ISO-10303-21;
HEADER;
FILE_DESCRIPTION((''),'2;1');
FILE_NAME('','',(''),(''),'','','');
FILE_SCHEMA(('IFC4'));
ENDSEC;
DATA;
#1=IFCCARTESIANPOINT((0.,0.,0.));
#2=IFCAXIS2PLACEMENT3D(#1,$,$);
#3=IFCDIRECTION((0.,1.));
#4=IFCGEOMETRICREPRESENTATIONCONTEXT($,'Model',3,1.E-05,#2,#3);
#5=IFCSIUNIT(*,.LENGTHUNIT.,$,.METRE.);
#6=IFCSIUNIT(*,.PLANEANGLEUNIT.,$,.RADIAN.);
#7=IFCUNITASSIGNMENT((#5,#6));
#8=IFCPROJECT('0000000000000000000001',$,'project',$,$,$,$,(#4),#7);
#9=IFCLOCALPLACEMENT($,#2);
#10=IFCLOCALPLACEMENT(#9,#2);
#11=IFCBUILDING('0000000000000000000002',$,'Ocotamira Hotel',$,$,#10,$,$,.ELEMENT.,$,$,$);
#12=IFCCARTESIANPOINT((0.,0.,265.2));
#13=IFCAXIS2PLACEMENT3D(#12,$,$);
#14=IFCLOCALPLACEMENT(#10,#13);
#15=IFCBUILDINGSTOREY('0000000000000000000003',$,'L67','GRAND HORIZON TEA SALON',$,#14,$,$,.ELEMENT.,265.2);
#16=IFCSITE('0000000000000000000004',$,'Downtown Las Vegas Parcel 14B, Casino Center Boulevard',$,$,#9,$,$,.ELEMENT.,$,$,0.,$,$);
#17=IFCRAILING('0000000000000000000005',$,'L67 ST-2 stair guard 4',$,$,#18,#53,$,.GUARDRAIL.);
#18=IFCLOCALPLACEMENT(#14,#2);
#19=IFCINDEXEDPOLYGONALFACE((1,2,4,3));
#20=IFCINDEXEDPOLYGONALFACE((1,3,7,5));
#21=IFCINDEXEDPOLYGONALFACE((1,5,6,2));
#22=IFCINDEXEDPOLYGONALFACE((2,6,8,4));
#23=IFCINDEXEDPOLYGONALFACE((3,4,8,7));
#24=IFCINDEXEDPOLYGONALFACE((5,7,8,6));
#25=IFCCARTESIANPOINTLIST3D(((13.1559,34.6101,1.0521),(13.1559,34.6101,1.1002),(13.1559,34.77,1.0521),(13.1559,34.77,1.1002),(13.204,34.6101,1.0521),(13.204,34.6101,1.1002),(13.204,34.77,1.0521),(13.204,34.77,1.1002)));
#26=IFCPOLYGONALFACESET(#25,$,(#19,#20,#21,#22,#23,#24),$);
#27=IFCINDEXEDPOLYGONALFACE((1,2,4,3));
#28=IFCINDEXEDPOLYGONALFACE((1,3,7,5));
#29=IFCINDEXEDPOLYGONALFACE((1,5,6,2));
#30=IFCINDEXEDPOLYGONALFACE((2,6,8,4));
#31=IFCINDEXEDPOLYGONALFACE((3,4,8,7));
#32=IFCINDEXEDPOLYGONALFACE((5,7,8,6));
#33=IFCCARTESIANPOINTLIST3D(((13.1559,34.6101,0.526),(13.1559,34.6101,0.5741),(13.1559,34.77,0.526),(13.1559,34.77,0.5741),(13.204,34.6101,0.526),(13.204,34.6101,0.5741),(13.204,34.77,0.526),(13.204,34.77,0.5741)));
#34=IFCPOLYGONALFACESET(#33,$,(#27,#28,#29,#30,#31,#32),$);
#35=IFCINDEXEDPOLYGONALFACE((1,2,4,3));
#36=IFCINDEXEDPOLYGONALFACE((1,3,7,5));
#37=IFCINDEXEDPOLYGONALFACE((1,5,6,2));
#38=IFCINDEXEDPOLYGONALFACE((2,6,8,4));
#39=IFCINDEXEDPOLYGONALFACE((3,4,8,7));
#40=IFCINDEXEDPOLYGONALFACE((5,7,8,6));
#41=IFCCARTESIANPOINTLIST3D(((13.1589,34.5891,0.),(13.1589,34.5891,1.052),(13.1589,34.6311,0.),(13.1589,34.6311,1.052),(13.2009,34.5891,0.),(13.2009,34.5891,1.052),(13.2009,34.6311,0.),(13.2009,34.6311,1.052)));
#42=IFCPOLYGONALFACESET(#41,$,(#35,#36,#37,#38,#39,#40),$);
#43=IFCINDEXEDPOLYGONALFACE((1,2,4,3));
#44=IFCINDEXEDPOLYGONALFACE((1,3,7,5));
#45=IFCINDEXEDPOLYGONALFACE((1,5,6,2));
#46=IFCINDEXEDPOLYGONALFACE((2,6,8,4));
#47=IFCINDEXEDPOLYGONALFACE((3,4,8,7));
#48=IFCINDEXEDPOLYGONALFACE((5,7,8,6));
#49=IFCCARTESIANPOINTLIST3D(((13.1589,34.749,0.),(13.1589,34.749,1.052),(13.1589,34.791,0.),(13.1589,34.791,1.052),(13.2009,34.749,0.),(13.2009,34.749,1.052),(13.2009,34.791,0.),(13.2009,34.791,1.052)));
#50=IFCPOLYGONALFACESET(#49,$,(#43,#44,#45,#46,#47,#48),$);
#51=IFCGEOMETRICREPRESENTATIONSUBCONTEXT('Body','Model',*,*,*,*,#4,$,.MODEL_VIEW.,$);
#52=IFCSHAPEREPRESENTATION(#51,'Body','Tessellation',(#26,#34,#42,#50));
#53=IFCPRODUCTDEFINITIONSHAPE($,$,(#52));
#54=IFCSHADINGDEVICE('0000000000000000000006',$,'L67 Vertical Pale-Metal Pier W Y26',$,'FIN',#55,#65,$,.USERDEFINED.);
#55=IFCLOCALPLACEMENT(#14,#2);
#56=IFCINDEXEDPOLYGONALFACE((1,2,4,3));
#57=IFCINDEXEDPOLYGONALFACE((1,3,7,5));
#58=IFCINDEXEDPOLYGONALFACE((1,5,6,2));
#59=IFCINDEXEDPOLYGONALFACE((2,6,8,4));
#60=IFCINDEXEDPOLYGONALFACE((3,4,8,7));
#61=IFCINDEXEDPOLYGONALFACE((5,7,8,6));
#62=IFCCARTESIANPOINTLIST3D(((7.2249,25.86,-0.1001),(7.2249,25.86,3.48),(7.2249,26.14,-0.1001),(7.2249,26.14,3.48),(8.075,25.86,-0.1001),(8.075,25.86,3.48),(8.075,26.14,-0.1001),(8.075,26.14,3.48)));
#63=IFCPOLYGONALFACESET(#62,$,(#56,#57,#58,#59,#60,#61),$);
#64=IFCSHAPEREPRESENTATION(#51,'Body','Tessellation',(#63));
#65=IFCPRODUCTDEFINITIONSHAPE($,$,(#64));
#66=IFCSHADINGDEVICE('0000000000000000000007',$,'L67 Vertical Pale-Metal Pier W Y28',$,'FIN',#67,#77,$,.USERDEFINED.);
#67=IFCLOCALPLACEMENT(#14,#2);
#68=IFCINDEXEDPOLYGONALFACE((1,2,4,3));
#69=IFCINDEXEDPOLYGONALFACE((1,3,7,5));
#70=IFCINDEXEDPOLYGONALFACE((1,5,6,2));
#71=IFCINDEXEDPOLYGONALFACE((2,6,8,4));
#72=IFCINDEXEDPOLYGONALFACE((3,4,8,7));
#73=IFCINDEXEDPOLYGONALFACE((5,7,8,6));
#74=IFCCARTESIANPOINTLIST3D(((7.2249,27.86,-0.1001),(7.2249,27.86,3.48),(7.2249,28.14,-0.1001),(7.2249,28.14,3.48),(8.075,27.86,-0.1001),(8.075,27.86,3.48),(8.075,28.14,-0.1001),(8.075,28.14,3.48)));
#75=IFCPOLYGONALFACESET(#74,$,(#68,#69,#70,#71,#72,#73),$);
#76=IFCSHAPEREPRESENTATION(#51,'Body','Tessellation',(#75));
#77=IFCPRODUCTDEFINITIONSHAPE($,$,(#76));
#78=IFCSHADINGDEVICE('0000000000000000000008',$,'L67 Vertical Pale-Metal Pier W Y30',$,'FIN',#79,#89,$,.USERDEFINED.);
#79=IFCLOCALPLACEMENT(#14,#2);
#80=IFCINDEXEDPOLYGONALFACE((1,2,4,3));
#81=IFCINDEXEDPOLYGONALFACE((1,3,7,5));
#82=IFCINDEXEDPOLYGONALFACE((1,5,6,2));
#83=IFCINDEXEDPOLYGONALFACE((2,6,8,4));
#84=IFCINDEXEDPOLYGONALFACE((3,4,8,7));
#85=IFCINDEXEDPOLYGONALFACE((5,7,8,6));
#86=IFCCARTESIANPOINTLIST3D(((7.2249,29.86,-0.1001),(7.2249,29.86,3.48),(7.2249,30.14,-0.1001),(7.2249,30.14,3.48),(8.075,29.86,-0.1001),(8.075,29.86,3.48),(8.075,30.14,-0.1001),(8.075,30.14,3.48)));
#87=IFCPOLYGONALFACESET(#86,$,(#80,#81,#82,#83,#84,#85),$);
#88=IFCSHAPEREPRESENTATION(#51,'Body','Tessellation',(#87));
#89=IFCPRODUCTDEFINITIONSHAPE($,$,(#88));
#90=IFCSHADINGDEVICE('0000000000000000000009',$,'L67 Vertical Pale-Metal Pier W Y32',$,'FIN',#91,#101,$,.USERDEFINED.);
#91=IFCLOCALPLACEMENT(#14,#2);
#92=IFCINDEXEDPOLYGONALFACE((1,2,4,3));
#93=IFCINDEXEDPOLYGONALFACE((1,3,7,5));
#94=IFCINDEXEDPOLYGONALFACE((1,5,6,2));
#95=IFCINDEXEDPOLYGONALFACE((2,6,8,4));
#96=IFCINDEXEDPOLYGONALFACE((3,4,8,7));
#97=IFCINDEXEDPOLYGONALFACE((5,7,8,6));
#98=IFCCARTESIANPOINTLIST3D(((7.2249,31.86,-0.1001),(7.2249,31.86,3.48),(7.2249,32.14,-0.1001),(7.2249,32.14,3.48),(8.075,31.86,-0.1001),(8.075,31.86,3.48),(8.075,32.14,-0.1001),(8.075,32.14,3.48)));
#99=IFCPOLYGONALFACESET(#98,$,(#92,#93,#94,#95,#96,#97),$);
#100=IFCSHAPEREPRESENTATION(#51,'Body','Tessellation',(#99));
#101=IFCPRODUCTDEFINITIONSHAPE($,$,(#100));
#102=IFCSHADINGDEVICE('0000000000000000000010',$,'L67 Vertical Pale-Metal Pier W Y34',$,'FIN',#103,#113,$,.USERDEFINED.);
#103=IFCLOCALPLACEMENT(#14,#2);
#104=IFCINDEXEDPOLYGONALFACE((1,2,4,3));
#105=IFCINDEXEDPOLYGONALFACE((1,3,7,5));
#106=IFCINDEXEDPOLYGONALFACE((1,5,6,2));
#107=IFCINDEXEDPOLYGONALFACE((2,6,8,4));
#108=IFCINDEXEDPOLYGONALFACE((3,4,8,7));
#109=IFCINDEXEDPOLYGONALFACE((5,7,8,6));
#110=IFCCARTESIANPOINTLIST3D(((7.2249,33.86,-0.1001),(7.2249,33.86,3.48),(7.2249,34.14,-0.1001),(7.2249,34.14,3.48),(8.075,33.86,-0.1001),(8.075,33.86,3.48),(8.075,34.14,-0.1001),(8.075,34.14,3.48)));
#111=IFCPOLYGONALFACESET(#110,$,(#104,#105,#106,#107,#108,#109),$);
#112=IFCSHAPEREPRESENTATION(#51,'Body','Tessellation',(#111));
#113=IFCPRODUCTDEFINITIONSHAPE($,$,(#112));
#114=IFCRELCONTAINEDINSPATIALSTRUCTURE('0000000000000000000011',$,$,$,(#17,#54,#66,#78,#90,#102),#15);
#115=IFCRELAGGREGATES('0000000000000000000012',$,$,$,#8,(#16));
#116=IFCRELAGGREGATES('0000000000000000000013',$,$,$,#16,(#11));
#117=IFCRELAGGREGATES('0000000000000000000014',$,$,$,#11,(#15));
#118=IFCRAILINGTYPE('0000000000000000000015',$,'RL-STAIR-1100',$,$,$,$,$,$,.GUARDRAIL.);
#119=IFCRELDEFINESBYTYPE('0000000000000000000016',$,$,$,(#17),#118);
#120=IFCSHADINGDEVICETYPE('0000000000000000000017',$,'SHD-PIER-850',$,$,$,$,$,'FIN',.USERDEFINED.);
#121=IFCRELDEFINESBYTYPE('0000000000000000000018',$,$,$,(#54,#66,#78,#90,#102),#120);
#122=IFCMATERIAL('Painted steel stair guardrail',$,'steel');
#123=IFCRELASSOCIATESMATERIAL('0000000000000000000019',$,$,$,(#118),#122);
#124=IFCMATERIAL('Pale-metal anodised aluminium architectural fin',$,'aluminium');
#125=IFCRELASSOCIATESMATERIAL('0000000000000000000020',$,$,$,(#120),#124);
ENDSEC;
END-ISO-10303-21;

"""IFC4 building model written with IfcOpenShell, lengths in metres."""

from ifc_helpers import new_model, si_unit, direction, frame, origin, origin_2d, place, context, subcontext, project, spatial, rectangle, extrude, source, transform, mapped, material, type_object, element, save


model = new_model("IFC4")

# Units and contexts
model_context = context("Model", 3, precision=1e-05, world=origin(), true_north=direction((0.0, 1.0)))
body_context = subcontext(model_context, "Body", "Model", "MODEL_VIEW")
ifc_project = project(units=[si_unit("LENGTHUNIT", "METRE"), si_unit("PLANEANGLEUNIT", "RADIAN")], contexts=[model_context])

# Site, building, storey
site_placement = place(None, origin())
site = spatial("IfcSite", under=ifc_project, at=site_placement, Name="Downtown Las Vegas Parcel 14B, Casino Center Boulevard", CompositionType="ELEMENT", RefElevation=0.0)
building_placement = place(site_placement, origin())
building = spatial("IfcBuilding", under=site, at=building_placement, Name="Ocotamira Hotel", CompositionType="ELEMENT")
storey_placement = place(building_placement, frame((0.0, 0.0, 265.2)))
storey = spatial("IfcBuildingStorey", under=building, at=storey_placement, Name="L67", Description="GRAND HORIZON TEA SALON", CompositionType="ELEMENT", Elevation=265.2)

# Railing
ifc_material_1 = material(Name="Painted steel stair guardrail", Category="steel")
railing_type_1 = type_object("IfcRailingType", Name="RL-STAIR-1100", PredefinedType="GUARDRAIL", material=ifc_material_1)
railing_1_placement = place(storey_placement, frame((13.1799, 34.6101, 0.0)))
element("IfcRailing", 1, at=railing_1_placement, inside=storey, type_object=railing_type_1, Name="L67 ST-2 stair guard 4", PredefinedType="GUARDRAIL", context=body_context, shape_type="SweptSolid", body=[
    extrude(rectangle(XDim=0.0481, YDim=0.0481, at=origin_2d()), frame((0.0, 0.0, 1.0762), z_axis=(0.0, 1.0, 0.0), x_axis=(-1.0, 0.0, 0.0)), (0.0, 0.0, 1.0), 0.1599),
    extrude(rectangle(XDim=0.0481, YDim=0.0481, at=origin_2d()), frame((0.0, 0.0, 0.55), z_axis=(0.0, 1.0, 0.0), x_axis=(-1.0, 0.0, 0.0)), (0.0, 0.0, 1.0), 0.1599),
    extrude(rectangle(XDim=0.042, YDim=0.042, at=origin_2d()), origin(), (0.0, 0.0, 1.0), 1.052),
    extrude(rectangle(XDim=0.042, YDim=0.042, at=origin_2d()), frame((0.0, 0.1599, 0.0)), (0.0, 0.0, 1.0), 1.052),
])

# Shading devices
ifc_material_2 = material(Name="Pale-metal anodised aluminium architectural fin", Category="aluminium")
shading_device_type = type_object("IfcShadingDeviceType", Name="SHD-PIER-850", ElementType="FIN", PredefinedType="USERDEFINED", material=ifc_material_2)
shared_shape_1 = source(origin(), body_context, "Body", "SweptSolid", [
    extrude(rectangle(XDim=0.8501, YDim=0.28, at=origin_2d()), origin(), (0.0, 0.0, 1.0), 3.5801),
])
for number, where, z_axis, x_axis, name in (
    (2, (7.6499, 26.0, -0.1001), (0.0, 0.0, 1.0), (1.0, 0.0, 0.0), "L67 Vertical Pale-Metal Pier W Y26"),
    (3, (7.6499, 28.0, -0.1001), (0.0, 0.0, 1.0), (1.0, 0.0, 0.0), "L67 Vertical Pale-Metal Pier W Y28"),
    (4, (7.6499, 30.0, -0.1001), (0.0, 0.0, 1.0), (1.0, 0.0, 0.0), "L67 Vertical Pale-Metal Pier W Y30"),
    (5, (7.6499, 32.0, -0.1001), (0.0, 0.0, 1.0), (1.0, 0.0, 0.0), "L67 Vertical Pale-Metal Pier W Y32"),
    (6, (7.6499, 34.0, -0.1001), (0.0, 0.0, 1.0), (1.0, 0.0, 0.0), "L67 Vertical Pale-Metal Pier W Y34"),
):
    element("IfcShadingDevice", number, at=place(storey_placement, frame(where, z_axis=z_axis, x_axis=x_axis)), inside=storey, type_object=shading_device_type, Name=name, ObjectType="FIN", PredefinedType="USERDEFINED", context=body_context, shape_type="MappedRepresentation", body=[
        mapped(shared_shape_1, transform((0.0, 0.0, 0.0), scale=1.0)),
    ])

save(model, "model.ifc")
